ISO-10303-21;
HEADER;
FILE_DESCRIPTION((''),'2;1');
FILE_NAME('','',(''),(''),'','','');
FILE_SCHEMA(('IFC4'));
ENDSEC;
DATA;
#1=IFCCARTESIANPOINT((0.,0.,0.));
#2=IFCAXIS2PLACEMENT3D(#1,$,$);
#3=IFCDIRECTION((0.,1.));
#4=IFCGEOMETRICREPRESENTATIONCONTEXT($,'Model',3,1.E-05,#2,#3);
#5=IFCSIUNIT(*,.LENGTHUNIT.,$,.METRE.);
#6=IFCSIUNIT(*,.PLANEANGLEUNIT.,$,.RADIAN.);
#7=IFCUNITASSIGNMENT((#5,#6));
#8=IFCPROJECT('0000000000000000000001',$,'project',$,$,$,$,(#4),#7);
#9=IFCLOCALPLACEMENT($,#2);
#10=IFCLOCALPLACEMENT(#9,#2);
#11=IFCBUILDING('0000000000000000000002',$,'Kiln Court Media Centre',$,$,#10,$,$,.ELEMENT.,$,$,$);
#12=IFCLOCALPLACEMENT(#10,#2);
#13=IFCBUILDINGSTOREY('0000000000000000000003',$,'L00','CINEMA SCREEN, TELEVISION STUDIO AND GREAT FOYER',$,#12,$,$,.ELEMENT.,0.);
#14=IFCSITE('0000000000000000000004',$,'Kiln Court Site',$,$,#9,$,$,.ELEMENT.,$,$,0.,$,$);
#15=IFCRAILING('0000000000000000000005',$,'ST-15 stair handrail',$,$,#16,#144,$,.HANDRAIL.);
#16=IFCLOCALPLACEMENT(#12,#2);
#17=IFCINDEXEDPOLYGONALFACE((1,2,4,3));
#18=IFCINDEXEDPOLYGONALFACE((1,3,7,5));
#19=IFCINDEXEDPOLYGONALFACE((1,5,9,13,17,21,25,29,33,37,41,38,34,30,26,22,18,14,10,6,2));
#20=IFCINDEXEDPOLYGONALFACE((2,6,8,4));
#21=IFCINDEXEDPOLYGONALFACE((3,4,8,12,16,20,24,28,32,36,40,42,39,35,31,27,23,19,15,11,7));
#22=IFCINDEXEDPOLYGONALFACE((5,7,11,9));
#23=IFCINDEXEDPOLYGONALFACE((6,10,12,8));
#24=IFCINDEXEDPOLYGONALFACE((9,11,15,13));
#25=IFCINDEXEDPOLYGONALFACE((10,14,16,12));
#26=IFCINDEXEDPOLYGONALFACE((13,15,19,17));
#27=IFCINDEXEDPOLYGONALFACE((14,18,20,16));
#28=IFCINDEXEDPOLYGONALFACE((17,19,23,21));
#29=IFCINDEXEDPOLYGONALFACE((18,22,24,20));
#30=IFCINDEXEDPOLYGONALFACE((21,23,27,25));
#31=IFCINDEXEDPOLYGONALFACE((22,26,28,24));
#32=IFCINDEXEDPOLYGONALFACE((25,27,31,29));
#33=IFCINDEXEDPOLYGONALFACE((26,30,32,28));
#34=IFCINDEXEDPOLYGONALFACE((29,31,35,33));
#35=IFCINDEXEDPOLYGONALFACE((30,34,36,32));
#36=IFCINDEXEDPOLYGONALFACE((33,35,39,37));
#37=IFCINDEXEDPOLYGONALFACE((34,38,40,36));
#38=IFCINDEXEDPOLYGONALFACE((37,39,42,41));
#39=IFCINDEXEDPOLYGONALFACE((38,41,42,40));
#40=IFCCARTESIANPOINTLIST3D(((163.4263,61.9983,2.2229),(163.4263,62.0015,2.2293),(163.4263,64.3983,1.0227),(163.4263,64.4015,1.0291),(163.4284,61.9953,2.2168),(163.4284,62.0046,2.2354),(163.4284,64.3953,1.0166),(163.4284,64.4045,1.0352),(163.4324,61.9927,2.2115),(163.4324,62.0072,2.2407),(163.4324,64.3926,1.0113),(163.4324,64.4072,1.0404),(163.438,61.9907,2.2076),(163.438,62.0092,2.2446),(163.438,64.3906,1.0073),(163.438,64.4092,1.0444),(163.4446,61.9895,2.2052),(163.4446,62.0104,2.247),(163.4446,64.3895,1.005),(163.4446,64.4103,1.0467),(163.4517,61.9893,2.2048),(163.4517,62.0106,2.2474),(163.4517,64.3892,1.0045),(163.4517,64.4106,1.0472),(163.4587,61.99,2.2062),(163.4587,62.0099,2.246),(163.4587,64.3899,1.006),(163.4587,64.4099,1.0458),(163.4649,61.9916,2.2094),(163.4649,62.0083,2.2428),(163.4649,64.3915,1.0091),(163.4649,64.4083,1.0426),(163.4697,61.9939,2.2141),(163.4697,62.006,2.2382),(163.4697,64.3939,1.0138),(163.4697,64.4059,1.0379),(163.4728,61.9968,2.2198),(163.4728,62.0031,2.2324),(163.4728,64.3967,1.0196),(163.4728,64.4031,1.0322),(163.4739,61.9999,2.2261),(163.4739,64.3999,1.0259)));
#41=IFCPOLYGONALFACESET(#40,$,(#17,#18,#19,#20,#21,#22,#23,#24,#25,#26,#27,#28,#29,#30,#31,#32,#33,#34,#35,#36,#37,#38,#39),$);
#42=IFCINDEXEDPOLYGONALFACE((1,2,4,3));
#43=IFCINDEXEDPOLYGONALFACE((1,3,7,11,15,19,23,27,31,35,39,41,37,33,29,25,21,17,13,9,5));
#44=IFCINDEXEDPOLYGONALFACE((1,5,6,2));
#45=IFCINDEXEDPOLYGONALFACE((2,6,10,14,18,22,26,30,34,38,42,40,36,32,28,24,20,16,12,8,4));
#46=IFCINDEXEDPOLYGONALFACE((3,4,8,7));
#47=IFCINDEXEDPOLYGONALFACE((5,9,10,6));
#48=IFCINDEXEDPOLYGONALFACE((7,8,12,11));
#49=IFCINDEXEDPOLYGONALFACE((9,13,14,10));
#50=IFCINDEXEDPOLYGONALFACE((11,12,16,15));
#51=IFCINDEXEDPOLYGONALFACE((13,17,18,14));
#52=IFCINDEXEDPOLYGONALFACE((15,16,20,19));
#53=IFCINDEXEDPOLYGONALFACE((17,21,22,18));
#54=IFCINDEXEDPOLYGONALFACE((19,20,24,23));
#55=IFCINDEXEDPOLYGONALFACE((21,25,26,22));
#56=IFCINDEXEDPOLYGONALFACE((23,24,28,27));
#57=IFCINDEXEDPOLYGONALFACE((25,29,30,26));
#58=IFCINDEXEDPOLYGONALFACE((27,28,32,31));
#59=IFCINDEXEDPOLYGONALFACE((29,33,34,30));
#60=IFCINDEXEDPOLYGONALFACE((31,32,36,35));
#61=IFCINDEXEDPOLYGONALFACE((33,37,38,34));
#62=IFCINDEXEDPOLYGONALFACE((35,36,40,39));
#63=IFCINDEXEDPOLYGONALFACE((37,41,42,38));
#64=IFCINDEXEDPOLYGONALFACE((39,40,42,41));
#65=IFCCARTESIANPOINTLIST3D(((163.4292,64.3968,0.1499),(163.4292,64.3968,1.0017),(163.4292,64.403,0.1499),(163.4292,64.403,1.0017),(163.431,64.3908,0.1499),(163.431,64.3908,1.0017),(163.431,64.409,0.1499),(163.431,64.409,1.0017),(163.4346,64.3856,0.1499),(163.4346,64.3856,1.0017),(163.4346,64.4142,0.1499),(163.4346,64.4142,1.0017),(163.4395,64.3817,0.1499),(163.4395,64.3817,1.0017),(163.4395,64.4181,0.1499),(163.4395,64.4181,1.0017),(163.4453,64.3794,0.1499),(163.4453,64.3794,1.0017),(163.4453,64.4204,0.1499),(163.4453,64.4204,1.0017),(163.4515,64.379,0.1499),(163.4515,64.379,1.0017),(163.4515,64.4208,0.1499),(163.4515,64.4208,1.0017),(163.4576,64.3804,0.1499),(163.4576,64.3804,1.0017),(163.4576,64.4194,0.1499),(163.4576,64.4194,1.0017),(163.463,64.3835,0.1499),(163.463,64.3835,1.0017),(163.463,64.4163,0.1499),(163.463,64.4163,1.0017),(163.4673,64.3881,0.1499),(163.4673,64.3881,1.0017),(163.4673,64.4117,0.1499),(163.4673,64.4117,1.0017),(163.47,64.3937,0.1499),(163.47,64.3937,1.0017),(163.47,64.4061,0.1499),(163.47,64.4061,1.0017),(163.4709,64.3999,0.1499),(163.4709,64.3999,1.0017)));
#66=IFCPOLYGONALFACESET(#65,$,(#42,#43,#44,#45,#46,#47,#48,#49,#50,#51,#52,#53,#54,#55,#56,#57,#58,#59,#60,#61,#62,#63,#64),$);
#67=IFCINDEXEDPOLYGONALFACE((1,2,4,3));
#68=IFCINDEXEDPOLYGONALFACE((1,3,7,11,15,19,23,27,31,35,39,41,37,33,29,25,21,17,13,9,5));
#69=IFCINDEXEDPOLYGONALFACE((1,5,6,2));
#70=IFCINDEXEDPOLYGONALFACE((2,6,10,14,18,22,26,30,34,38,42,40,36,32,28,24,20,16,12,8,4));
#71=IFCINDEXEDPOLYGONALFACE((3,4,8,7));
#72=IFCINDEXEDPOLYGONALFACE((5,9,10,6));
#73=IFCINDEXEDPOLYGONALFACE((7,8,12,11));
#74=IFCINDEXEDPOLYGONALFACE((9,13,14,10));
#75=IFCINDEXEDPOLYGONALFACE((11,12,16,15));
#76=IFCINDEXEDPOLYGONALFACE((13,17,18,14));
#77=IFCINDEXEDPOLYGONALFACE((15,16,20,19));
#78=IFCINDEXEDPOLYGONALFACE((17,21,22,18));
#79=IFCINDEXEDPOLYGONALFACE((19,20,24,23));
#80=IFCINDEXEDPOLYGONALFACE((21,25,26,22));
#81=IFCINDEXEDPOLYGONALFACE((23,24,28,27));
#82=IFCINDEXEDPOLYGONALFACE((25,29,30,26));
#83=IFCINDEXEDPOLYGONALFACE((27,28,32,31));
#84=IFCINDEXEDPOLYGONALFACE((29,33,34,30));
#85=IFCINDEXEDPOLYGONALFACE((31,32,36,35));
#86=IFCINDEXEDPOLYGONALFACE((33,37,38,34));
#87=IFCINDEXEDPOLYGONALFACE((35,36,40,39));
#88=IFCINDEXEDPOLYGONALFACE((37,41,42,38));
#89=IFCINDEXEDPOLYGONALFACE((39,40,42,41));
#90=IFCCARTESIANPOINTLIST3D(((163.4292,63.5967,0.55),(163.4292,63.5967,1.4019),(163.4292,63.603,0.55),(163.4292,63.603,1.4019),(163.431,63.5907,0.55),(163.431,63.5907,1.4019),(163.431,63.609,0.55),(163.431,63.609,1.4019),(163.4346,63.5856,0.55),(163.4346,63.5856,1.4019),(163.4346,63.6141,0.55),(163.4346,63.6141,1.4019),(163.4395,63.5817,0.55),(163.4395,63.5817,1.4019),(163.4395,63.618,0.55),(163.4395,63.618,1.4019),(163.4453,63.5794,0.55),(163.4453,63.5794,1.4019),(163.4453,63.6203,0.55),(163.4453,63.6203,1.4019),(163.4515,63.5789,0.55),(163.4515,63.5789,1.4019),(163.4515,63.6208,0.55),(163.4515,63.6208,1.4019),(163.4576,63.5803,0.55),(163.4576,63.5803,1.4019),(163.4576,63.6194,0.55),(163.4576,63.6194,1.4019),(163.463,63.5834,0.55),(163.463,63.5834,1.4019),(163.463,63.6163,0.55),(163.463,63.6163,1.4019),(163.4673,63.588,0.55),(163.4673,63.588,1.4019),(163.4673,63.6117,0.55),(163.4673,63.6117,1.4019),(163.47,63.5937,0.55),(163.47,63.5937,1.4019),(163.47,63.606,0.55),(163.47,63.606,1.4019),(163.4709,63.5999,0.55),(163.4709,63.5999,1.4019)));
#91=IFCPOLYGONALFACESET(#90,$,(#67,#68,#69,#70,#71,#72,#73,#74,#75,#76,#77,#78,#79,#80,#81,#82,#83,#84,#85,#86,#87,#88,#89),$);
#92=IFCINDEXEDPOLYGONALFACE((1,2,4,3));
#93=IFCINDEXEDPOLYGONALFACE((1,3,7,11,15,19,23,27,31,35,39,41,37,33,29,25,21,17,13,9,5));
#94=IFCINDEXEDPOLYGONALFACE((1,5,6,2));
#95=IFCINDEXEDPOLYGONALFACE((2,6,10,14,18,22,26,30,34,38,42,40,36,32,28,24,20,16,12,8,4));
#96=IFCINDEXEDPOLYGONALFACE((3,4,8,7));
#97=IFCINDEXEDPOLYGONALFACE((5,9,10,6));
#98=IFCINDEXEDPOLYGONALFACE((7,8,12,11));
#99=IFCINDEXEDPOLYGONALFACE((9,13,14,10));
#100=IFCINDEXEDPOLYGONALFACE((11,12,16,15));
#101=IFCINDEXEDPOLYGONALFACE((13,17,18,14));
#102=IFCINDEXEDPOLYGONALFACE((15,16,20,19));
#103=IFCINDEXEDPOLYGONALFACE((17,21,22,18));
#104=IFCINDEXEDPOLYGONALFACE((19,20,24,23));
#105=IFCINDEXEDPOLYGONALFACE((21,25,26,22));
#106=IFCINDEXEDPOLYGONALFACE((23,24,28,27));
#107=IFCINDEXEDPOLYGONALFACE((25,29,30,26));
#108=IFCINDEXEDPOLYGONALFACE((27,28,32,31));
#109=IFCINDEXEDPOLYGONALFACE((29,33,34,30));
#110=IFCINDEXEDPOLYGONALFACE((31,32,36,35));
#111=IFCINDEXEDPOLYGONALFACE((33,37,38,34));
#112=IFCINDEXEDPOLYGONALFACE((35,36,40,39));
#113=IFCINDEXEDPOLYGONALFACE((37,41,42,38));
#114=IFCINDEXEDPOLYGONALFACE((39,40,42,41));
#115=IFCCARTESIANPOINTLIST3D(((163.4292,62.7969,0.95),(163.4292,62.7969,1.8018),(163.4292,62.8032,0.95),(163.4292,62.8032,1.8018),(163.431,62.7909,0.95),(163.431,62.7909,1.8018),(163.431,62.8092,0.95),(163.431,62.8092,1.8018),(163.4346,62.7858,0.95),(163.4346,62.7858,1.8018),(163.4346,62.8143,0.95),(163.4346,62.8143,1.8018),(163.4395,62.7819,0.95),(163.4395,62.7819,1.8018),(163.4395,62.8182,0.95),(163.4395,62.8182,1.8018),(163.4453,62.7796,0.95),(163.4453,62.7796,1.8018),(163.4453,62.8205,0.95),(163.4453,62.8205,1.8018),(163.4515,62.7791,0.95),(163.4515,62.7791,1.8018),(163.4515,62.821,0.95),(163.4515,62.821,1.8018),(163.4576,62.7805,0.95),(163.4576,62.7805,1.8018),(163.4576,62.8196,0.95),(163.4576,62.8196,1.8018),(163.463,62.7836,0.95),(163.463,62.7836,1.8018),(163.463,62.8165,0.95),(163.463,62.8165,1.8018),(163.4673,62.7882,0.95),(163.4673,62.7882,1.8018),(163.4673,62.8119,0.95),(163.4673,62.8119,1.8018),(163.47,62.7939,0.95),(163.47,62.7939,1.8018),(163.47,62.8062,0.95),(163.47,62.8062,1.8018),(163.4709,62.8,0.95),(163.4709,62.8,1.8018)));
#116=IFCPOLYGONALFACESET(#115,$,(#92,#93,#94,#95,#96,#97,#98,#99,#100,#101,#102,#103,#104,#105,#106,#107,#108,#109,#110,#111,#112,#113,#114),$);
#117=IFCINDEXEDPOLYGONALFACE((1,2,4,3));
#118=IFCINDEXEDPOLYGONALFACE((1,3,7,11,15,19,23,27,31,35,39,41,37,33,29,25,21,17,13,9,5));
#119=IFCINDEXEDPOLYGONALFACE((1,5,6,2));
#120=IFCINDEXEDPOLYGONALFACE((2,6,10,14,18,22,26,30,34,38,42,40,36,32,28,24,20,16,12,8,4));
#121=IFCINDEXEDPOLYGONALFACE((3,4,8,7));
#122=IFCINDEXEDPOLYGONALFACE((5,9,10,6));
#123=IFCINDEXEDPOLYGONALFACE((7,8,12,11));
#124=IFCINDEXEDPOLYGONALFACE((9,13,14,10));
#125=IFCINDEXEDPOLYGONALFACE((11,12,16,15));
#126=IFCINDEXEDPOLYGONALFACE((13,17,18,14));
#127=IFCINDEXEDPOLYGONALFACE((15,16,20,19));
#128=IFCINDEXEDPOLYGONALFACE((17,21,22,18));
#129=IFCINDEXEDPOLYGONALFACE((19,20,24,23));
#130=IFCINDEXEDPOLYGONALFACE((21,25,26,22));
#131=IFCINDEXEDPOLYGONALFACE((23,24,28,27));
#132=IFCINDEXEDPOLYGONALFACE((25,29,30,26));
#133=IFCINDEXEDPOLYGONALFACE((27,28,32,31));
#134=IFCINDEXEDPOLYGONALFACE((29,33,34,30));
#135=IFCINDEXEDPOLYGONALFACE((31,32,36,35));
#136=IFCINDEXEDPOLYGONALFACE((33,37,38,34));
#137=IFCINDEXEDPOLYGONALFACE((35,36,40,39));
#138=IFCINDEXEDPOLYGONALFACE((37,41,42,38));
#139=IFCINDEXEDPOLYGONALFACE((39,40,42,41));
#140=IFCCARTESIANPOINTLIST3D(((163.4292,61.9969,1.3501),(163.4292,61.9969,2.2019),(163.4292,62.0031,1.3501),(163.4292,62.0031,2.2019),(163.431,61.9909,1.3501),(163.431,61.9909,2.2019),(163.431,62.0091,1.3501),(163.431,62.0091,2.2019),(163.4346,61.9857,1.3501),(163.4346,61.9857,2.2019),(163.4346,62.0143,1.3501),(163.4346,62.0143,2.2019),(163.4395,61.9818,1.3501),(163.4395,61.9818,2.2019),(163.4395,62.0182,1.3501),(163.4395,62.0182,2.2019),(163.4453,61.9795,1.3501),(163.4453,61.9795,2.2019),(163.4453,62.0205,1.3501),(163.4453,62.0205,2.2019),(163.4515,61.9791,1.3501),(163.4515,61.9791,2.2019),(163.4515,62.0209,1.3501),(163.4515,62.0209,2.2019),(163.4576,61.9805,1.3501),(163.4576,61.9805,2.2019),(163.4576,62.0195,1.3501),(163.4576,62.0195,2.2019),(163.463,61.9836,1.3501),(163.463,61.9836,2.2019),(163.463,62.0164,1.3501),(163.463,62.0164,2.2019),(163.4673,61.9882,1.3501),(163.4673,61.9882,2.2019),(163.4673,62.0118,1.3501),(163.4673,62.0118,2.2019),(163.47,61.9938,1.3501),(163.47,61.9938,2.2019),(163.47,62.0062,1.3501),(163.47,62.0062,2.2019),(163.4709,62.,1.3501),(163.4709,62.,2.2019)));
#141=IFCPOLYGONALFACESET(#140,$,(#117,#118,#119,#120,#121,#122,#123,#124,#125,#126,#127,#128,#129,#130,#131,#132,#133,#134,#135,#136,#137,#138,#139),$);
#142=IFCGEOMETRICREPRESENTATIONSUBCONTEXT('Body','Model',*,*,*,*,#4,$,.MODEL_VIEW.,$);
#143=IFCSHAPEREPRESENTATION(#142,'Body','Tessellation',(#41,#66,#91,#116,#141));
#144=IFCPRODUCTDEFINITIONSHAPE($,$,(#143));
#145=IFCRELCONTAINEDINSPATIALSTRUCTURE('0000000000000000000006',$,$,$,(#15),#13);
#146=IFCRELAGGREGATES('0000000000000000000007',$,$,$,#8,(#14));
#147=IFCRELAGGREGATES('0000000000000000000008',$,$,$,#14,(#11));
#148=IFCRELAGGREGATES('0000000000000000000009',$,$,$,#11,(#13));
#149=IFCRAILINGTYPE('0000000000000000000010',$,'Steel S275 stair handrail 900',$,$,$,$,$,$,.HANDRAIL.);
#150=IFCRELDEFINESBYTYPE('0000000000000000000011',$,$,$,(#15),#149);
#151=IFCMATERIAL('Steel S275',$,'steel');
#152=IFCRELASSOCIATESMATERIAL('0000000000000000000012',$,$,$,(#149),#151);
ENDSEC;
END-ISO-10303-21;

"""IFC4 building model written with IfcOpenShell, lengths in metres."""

from ifc_helpers import new_model, si_unit, direction, frame, origin, origin_2d, place, context, subcontext, project, spatial, circle, extrude, material, type_object, element, save


model = new_model("IFC4")

# Units and contexts
model_context = context("Model", 3, precision=1e-05, world=origin(), true_north=direction((0.0, 1.0)))
body_context = subcontext(model_context, "Body", "Model", "MODEL_VIEW")
ifc_project = project(units=[si_unit("LENGTHUNIT", "METRE"), si_unit("PLANEANGLEUNIT", "RADIAN")], contexts=[model_context])

# Site, building, storey
site_placement = place(None, origin())
site = spatial("IfcSite", under=ifc_project, at=site_placement, Name="Kiln Court Site", CompositionType="ELEMENT", RefElevation=0.0)
building_placement = place(site_placement, origin())
building = spatial("IfcBuilding", under=site, at=building_placement, Name="Kiln Court Media Centre", CompositionType="ELEMENT")
storey_placement = place(building_placement, origin())
storey = spatial("IfcBuildingStorey", under=building, at=storey_placement, Name="L00", Description="CINEMA SCREEN, TELEVISION STUDIO AND GREAT FOYER", CompositionType="ELEMENT", Elevation=0.0)

# Railing
ifc_material_1 = material(Name="Steel S275", Category="steel")
railing_type_1 = type_object("IfcRailingType", Name="Steel S275 stair handrail 900", PredefinedType="HANDRAIL", material=ifc_material_1)
railing_1_placement = place(storey_placement, frame((163.45, 64.3999, 0.1499)))
element("IfcRailing", 1, at=railing_1_placement, inside=storey, type_object=railing_type_1, Name="ST-15 stair handrail", PredefinedType="HANDRAIL", context=body_context, shape_type="SweptSolid", body=[
    extrude(circle(Radius=0.0239, at=origin_2d()), frame((0.0, 0.0, 0.876), z_axis=(0.0, -0.894391, 0.447286), x_axis=(1.0, 0.0, 0.0)), (0.0, 0.0, 1.0), 2.6833),
    extrude(circle(Radius=0.021, at=origin_2d()), origin(), (0.0, 0.0, 1.0), 0.8518),
    extrude(circle(Radius=0.021, at=origin_2d()), frame((0.0, -0.8, 0.4001)), (0.0, 0.0, 1.0), 0.8518),
    extrude(circle(Radius=0.021, at=origin_2d()), frame((0.0, -1.5999, 0.8)), (0.0, 0.0, 1.0), 0.8518),
    extrude(circle(Radius=0.021, at=origin_2d()), frame((0.0, -2.3999, 1.2002)), (0.0, 0.0, 1.0), 0.8518),
])

save(model, "model.ifc")
